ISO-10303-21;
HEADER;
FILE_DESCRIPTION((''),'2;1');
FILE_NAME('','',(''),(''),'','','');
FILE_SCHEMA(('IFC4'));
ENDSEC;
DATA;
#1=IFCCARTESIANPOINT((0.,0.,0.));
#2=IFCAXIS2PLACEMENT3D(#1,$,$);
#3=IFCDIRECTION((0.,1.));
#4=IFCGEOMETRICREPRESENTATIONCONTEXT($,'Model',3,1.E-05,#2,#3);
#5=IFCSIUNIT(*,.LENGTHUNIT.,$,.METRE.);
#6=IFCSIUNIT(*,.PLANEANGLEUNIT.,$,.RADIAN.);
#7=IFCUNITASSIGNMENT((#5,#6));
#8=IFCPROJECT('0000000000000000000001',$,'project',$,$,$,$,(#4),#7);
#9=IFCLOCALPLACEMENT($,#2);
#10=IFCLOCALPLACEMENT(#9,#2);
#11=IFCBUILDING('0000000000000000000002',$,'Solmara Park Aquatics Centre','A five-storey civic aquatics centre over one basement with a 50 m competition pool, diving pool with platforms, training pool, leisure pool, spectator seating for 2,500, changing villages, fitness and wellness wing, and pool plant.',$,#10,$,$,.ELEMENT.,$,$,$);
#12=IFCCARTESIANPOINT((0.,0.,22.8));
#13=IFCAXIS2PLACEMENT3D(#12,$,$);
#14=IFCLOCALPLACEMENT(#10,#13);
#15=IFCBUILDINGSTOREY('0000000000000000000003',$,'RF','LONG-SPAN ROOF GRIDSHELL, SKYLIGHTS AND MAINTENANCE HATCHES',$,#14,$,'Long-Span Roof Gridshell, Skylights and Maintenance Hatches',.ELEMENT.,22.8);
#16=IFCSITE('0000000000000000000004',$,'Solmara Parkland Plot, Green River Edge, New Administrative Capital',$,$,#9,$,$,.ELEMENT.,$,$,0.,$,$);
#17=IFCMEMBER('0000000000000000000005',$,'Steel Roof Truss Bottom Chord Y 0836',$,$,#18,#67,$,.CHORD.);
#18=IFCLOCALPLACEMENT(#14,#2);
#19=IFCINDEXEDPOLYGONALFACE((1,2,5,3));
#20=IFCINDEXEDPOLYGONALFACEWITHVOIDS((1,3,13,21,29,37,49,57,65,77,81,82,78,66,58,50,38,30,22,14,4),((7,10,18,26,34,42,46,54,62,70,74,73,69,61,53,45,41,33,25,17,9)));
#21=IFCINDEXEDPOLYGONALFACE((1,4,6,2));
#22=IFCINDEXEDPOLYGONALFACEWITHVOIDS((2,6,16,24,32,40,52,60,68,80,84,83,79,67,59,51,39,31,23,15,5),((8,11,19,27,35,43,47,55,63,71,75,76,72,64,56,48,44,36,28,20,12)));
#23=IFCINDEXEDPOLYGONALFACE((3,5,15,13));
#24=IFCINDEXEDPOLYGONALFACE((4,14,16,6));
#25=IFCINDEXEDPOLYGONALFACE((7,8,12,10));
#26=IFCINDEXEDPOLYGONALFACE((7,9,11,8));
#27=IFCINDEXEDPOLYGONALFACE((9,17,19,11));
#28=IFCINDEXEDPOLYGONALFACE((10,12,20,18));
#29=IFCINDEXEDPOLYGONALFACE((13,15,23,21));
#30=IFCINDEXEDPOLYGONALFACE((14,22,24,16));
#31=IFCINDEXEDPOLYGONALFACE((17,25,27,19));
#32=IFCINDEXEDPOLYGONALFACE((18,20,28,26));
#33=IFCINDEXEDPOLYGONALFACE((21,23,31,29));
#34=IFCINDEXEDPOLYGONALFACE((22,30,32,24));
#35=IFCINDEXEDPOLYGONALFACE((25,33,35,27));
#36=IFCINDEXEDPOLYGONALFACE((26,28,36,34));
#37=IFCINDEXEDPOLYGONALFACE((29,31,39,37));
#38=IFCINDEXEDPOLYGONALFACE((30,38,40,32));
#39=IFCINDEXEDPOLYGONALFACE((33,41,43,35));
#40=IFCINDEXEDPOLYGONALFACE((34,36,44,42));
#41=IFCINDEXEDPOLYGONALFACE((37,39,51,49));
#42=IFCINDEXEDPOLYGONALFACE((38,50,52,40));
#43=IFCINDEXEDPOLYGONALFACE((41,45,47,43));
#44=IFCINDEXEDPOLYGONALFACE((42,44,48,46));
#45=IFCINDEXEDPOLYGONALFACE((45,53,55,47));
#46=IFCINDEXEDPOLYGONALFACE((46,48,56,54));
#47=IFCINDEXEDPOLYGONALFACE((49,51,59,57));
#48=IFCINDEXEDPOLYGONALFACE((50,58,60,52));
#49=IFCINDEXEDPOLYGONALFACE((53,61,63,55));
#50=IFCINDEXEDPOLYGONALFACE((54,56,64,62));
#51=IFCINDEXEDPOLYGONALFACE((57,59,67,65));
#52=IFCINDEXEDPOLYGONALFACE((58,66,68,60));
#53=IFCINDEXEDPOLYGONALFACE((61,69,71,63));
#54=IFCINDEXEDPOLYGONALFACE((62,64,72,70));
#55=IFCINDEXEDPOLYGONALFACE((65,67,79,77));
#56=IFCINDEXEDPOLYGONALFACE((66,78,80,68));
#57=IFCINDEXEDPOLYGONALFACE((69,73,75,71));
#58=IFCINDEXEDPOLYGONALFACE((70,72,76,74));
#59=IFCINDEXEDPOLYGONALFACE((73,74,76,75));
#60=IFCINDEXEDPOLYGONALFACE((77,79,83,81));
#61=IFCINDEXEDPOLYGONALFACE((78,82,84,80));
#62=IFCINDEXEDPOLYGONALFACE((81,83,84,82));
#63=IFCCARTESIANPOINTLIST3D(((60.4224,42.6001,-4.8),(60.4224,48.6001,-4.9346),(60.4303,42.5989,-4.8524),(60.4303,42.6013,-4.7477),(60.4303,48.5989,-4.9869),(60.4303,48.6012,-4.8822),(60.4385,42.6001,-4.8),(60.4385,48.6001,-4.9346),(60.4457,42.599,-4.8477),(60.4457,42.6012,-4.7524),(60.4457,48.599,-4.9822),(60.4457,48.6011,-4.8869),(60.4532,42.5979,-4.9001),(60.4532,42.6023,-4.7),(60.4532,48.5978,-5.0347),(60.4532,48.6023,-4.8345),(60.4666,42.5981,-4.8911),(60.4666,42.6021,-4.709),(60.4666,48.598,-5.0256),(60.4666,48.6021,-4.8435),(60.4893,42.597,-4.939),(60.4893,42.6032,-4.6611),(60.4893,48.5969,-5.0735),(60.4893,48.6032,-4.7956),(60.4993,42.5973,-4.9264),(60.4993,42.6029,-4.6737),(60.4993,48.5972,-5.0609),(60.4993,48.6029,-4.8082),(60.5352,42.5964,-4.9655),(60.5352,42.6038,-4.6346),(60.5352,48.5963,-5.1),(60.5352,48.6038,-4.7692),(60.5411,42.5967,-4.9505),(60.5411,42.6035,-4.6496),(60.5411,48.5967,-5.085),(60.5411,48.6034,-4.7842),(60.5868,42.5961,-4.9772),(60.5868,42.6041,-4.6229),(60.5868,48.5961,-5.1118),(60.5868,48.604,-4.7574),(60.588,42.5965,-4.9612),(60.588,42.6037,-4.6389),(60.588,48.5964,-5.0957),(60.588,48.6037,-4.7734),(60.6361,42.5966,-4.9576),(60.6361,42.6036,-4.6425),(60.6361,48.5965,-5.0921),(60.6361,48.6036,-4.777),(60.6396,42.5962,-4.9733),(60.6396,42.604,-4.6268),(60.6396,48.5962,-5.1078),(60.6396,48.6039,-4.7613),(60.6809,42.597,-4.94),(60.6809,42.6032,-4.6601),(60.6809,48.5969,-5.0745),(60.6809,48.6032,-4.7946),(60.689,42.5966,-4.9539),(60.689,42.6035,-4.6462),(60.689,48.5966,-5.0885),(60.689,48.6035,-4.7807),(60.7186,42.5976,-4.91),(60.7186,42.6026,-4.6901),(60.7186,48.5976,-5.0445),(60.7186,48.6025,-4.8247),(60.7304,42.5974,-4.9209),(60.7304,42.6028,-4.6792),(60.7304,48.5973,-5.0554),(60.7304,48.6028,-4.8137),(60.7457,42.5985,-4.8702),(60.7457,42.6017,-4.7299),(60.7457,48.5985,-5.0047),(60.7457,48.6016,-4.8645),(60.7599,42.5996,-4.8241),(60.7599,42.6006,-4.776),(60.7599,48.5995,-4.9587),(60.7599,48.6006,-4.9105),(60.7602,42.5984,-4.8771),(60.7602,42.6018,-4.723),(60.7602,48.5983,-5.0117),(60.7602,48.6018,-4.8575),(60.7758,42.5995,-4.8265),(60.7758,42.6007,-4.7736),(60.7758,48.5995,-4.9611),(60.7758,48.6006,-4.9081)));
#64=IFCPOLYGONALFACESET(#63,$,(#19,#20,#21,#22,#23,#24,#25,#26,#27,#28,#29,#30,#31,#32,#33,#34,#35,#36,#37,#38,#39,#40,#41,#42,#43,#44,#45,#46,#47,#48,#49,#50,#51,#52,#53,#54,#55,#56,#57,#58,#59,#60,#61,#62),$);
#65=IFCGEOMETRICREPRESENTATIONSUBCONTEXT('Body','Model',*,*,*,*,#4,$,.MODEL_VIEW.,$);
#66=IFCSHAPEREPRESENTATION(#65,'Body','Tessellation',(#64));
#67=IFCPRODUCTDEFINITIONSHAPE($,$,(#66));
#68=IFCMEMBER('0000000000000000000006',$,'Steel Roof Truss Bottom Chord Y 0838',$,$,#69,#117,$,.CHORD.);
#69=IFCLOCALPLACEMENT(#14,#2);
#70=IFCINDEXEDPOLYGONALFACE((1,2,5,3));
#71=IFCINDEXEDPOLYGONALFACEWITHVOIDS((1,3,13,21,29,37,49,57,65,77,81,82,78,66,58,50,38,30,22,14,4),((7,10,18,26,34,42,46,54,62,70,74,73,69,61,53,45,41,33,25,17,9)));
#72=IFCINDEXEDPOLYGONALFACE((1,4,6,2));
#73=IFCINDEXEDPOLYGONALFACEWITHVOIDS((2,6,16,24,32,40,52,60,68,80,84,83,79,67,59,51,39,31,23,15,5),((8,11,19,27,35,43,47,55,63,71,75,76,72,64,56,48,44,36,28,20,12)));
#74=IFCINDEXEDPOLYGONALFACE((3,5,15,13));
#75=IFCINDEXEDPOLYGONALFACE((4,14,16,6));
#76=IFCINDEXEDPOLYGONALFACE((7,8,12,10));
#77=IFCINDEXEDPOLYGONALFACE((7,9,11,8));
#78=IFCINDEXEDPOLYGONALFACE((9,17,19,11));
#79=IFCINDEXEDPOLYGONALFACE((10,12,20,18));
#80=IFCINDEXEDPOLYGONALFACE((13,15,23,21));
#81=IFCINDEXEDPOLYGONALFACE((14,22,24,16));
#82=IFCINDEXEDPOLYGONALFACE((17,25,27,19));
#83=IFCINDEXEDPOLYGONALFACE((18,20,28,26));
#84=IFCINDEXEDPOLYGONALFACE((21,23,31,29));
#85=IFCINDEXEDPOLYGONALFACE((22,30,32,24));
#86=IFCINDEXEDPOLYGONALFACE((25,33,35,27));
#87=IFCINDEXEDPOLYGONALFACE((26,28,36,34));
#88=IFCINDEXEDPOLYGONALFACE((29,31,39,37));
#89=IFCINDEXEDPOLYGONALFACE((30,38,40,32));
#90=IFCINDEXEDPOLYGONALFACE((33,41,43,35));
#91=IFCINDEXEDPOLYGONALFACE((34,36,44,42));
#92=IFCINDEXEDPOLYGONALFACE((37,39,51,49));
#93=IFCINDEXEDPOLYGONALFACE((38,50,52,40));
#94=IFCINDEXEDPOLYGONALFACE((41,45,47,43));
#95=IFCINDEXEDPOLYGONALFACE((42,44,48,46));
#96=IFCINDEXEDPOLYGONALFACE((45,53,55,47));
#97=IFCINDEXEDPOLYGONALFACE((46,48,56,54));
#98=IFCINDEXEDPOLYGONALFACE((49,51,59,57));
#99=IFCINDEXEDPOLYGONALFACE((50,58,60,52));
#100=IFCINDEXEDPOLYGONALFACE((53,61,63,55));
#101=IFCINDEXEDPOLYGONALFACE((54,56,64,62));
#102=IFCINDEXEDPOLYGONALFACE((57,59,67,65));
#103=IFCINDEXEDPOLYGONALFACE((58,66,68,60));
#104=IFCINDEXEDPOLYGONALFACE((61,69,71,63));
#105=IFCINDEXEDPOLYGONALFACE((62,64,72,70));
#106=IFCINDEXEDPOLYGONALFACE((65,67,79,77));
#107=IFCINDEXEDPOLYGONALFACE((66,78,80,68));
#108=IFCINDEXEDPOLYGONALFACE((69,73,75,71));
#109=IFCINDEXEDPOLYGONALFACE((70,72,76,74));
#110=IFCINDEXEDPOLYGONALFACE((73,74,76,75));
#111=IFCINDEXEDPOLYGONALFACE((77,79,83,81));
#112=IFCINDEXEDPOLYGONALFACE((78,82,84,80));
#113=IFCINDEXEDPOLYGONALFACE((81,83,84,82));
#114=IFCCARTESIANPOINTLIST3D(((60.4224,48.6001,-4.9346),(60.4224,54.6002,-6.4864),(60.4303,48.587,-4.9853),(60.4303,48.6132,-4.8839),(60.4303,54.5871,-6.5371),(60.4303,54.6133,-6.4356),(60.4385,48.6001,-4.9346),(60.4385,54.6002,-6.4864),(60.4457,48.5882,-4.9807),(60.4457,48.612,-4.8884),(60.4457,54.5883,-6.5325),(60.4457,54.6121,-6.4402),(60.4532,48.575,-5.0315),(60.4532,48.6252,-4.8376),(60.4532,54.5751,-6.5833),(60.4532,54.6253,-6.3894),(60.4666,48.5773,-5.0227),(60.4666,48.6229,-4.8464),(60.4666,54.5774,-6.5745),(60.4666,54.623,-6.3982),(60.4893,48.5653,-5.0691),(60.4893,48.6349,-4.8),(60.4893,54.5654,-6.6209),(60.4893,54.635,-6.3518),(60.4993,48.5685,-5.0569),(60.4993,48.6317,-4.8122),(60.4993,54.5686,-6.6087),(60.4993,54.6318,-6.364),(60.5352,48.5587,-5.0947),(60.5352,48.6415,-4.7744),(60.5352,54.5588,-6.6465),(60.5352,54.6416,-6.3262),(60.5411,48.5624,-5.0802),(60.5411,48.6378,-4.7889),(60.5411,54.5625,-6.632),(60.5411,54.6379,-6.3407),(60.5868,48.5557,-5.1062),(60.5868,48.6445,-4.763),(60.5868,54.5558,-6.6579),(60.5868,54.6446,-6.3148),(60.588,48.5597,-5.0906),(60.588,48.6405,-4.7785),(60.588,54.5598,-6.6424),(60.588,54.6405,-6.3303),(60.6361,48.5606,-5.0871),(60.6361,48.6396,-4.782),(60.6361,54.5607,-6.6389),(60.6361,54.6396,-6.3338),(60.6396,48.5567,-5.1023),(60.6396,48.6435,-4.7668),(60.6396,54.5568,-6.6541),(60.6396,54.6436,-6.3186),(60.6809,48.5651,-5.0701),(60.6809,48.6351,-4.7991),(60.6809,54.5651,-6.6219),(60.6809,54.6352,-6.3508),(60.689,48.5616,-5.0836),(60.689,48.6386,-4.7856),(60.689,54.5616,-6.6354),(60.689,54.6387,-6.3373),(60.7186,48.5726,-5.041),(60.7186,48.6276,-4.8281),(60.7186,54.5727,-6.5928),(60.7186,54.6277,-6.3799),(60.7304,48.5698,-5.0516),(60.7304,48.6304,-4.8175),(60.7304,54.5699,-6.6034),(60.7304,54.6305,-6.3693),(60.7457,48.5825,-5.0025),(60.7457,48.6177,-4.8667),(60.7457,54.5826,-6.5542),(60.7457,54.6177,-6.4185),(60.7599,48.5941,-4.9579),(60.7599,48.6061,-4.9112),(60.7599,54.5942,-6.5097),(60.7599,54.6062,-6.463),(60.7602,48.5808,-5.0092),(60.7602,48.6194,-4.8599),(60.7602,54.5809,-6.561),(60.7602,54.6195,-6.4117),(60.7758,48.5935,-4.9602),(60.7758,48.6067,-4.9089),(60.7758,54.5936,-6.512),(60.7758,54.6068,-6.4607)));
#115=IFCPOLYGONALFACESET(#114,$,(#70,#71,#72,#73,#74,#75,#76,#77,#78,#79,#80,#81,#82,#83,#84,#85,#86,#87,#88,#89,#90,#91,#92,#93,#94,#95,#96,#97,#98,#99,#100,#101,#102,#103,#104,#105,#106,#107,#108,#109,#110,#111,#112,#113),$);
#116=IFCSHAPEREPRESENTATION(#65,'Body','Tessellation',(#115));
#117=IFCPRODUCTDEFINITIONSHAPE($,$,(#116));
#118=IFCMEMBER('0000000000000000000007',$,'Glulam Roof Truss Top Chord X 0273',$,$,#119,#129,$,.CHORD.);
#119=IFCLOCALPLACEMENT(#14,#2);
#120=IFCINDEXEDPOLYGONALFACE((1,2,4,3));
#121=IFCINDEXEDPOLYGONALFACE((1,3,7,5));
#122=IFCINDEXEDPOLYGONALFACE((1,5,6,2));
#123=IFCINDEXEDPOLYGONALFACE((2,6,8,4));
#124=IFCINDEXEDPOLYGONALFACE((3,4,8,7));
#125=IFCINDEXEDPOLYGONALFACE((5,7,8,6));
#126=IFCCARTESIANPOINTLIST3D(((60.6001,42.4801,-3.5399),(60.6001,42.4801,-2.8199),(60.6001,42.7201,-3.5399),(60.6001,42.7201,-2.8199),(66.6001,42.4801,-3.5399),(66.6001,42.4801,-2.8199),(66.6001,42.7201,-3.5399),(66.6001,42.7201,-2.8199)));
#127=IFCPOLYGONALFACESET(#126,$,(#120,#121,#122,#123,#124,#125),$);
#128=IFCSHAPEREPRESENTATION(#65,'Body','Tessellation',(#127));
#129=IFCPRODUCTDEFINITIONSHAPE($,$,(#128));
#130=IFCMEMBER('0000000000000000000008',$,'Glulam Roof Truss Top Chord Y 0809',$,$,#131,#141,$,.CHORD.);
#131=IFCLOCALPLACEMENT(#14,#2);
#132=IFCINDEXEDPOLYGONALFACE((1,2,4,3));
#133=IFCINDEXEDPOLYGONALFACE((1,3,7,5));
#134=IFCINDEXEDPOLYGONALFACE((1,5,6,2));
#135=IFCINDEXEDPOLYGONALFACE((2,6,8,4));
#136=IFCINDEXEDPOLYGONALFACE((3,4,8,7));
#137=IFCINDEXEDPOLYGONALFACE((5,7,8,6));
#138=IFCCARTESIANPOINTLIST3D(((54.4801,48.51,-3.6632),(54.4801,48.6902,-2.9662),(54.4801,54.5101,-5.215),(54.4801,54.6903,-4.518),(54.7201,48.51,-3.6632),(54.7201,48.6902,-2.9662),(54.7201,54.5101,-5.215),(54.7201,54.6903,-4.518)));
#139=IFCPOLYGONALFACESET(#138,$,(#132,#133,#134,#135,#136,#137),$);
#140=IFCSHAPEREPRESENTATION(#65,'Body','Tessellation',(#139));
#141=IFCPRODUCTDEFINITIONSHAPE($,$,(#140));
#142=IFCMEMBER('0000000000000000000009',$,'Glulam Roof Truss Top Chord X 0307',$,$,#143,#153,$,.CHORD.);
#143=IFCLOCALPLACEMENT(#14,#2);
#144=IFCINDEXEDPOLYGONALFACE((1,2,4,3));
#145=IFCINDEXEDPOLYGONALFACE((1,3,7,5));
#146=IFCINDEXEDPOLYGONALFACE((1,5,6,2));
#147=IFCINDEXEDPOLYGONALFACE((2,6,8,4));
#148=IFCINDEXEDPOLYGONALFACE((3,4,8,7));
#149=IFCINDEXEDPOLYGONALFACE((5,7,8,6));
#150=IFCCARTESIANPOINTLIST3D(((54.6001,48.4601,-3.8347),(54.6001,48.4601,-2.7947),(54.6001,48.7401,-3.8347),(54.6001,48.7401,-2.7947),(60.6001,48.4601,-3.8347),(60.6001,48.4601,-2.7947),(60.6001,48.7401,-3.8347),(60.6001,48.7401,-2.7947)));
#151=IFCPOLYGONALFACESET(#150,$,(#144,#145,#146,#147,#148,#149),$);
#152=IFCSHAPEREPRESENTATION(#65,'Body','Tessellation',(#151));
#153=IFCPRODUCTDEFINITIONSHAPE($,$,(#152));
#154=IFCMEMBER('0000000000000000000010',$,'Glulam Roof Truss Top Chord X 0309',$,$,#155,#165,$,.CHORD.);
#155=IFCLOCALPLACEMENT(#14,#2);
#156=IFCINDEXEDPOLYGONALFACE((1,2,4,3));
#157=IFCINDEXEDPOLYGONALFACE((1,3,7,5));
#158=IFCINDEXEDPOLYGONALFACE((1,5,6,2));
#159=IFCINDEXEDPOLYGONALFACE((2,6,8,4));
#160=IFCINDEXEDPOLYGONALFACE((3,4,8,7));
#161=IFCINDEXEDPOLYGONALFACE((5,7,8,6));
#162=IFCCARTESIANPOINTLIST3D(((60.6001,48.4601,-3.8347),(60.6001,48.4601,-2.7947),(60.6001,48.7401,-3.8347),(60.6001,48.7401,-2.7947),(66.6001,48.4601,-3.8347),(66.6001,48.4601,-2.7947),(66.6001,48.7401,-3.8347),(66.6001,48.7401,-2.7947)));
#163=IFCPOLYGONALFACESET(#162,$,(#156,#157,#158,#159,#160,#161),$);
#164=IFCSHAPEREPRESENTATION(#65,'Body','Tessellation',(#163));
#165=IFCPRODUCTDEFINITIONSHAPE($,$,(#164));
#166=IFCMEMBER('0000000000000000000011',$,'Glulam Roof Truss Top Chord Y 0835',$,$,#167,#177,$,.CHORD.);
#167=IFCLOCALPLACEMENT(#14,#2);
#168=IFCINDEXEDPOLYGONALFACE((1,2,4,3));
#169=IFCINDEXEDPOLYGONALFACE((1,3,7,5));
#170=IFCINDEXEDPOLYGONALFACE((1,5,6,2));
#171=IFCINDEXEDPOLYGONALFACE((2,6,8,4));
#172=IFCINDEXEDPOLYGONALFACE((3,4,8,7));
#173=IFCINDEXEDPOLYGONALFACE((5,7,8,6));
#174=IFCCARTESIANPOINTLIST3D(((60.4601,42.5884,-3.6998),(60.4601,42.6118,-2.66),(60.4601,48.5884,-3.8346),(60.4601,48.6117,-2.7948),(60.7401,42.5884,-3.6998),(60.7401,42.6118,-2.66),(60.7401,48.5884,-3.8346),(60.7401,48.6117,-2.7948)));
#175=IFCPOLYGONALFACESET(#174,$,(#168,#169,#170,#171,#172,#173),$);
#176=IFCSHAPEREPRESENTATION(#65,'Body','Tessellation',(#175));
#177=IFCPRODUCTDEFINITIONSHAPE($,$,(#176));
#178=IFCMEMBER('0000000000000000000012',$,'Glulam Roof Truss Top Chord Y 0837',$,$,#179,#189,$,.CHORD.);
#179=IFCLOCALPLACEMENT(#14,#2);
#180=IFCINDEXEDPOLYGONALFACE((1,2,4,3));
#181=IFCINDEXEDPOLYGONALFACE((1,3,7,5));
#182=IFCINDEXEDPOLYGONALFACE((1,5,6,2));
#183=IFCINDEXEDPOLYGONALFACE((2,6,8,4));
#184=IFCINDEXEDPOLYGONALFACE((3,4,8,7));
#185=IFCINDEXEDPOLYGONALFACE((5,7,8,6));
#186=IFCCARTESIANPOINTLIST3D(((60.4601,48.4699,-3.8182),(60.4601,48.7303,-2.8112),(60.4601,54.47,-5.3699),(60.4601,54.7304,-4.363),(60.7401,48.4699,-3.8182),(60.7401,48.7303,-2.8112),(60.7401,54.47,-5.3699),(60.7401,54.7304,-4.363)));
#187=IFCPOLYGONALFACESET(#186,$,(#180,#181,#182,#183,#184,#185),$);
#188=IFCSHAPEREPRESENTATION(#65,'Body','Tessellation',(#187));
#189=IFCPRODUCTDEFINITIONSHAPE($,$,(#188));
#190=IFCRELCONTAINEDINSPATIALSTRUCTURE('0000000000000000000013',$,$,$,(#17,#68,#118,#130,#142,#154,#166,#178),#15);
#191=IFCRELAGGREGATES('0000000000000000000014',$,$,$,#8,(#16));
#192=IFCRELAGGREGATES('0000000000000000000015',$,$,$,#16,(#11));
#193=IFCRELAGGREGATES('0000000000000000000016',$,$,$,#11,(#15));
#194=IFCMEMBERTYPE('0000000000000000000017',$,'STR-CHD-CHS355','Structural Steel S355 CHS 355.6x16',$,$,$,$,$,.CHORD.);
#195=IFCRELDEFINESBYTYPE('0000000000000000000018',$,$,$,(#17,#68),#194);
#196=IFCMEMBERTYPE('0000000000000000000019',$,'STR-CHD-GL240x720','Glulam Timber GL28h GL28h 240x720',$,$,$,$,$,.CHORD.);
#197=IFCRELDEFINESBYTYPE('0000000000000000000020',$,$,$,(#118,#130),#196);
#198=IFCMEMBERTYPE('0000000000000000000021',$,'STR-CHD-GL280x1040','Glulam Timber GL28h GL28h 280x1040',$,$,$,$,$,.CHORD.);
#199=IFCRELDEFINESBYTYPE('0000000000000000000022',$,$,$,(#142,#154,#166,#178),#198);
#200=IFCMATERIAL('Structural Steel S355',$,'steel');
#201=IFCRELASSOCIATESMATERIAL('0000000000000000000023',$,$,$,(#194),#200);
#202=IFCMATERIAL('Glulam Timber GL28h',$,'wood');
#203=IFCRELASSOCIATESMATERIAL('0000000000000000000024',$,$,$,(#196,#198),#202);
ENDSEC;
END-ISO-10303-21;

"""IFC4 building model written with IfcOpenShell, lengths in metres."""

from ifc_helpers import new_model, si_unit, direction, frame, origin, origin_2d, place, context, subcontext, project, spatial, rectangle, hollow_circle, extrude, material, material_profile, profile_set, type_object, element, save


model = new_model("IFC4")

# Units and contexts
model_context = context("Model", 3, precision=1e-05, world=origin(), true_north=direction((0.0, 1.0)))
body_context = subcontext(model_context, "Body", "Model", "MODEL_VIEW")
ifc_project = project(units=[si_unit("LENGTHUNIT", "METRE"), si_unit("PLANEANGLEUNIT", "RADIAN")], contexts=[model_context])

# Site, building, storey
site_placement = place(None, origin())
site = spatial("IfcSite", under=ifc_project, at=site_placement, Name="Solmara Parkland Plot, Green River Edge, New Administrative Capital", CompositionType="ELEMENT", RefElevation=0.0)
building_placement = place(site_placement, origin())
building = spatial("IfcBuilding", under=site, at=building_placement, Name="Solmara Park Aquatics Centre", Description="A five-storey civic aquatics centre over one basement with a 50 m competition pool, diving pool with platforms, training pool, leisure pool, spectator seating for 2,500, changing villages, fitness and wellness wing, and pool plant.", CompositionType="ELEMENT")
storey_placement = place(building_placement, frame((0.0, 0.0, 22.8)))
storey = spatial("IfcBuildingStorey", under=building, at=storey_placement, Name="RF", Description="LONG-SPAN ROOF GRIDSHELL, SKYLIGHTS AND MAINTENANCE HATCHES", LongName="Long-Span Roof Gridshell, Skylights and Maintenance Hatches", CompositionType="ELEMENT", Elevation=22.8)

# Members
ifc_material_1 = material(Name="Structural Steel S355", Category="steel")
ifc_material_profile_1 = material_profile(ifc_material_1, hollow_circle(Radius=0.1777, WallThickness=0.0161, at=origin_2d()), Name="CHS 355.6x16")
ifc_profile_set_1 = profile_set([ifc_material_profile_1], Name="Structural Steel S355")
member_type_1 = type_object("IfcMemberType", Name="STR-CHD-CHS355", Description="Structural Steel S355 CHS 355.6x16", PredefinedType="CHORD", material=ifc_profile_set_1)
member_1_placement = place(storey_placement, frame((60.6001, 42.6001, -4.8), z_axis=(0.0, 0.999749, -0.022415), x_axis=(-1.0, 0.0, 0.0)))
element("IfcMember", 1, at=member_1_placement, inside=storey, type_object=member_type_1, Name="Steel Roof Truss Bottom Chord Y 0836", PredefinedType="CHORD", context=body_context, shape_type="SweptSolid", body=[
    extrude(hollow_circle(Radius=0.1777, WallThickness=0.0161, at=origin_2d()), origin(), (0.0, 0.0, 1.0), 6.0015),
])
member_2_placement = place(storey_placement, frame((60.6001, 48.6001, -4.9346), z_axis=(0.0, 0.968146, -0.250388), x_axis=(-1.0, 0.0, 0.0)))
element("IfcMember", 2, at=member_2_placement, inside=storey, type_object=member_type_1, Name="Steel Roof Truss Bottom Chord Y 0838", PredefinedType="CHORD", context=body_context, shape_type="SweptSolid", body=[
    extrude(hollow_circle(Radius=0.1777, WallThickness=0.0161, at=origin_2d()), origin(), (0.0, 0.0, 1.0), 6.1975),
])
ifc_material_2 = material(Name="Glulam Timber GL28h", Category="wood")
ifc_material_profile_2 = material_profile(ifc_material_2, rectangle(XDim=0.24, YDim=0.72, at=origin_2d()), Name="GL28h 240x720")
ifc_profile_set_2 = profile_set([ifc_material_profile_2], Name="Glulam Timber GL28h")
member_type_2 = type_object("IfcMemberType", Name="STR-CHD-GL240x720", Description="Glulam Timber GL28h GL28h 240x720", PredefinedType="CHORD", material=ifc_profile_set_2)
member_3_placement = place(storey_placement, frame((60.6001, 42.6001, -3.1799), z_axis=(1.0, 0.0, 0.0), x_axis=(0.0, 1.0, 0.0)))
element("IfcMember", 3, at=member_3_placement, inside=storey, type_object=member_type_2, Name="Glulam Roof Truss Top Chord X 0273", PredefinedType="CHORD", context=body_context, shape_type="SweptSolid", body=[
    extrude(rectangle(XDim=0.24, YDim=0.72, at=origin_2d()), origin(), (0.0, 0.0, 1.0), 6.0),
])
member_4_placement = place(storey_placement, frame((54.6001, 48.6001, -3.3147), z_axis=(0.0, 0.968146, -0.250388), x_axis=(-1.0, 0.0, 0.0)))
element("IfcMember", 4, at=member_4_placement, inside=storey, type_object=member_type_2, Name="Glulam Roof Truss Top Chord Y 0809", PredefinedType="CHORD", context=body_context, shape_type="SweptSolid", body=[
    extrude(rectangle(XDim=0.24, YDim=0.72, at=origin_2d()), origin(), (0.0, 0.0, 1.0), 6.1975),
])
ifc_material_profile_3 = material_profile(ifc_material_2, rectangle(XDim=0.28, YDim=1.04, at=origin_2d()), Name="GL28h 280x1040")
ifc_profile_set_3 = profile_set([ifc_material_profile_3], Name="Glulam Timber GL28h")
member_type_3 = type_object("IfcMemberType", Name="STR-CHD-GL280x1040", Description="Glulam Timber GL28h GL28h 280x1040", PredefinedType="CHORD", material=ifc_profile_set_3)
for number, where, z_axis, x_axis, name in (
    (5, (54.6001, 48.6001, -3.3147), (1.0, 0.0, 0.0), (0.0, 1.0, 0.0), "Glulam Roof Truss Top Chord X 0307"),
    (6, (60.6001, 48.6001, -3.3147), (1.0, 0.0, 0.0), (0.0, 1.0, 0.0), "Glulam Roof Truss Top Chord X 0309"),
):
    element("IfcMember", number, at=place(storey_placement, frame(where, z_axis=z_axis, x_axis=x_axis)), inside=storey, type_object=member_type_3, Name=name, PredefinedType="CHORD", context=body_context, shape_type="SweptSolid", body=[
        extrude(rectangle(XDim=0.28, YDim=1.04, at=origin_2d()), origin(), (0.0, 0.0, 1.0), 6.0),
    ])
member_5_placement = place(storey_placement, frame((60.6001, 42.6001, -3.1799), z_axis=(0.0, 0.999748, -0.022455), x_axis=(-1.0, 0.0, 0.0)))
element("IfcMember", 7, at=member_5_placement, inside=storey, type_object=member_type_3, Name="Glulam Roof Truss Top Chord Y 0835", PredefinedType="CHORD", context=body_context, shape_type="SweptSolid", body=[
    extrude(rectangle(XDim=0.28, YDim=1.04, at=origin_2d()), origin(), (0.0, 0.0, 1.0), 6.0015),
])
member_6_placement = place(storey_placement, frame((60.6001, 48.6001, -3.3147), z_axis=(0.0, 0.968146, -0.250388), x_axis=(-1.0, 0.0, 0.0)))
element("IfcMember", 8, at=member_6_placement, inside=storey, type_object=member_type_3, Name="Glulam Roof Truss Top Chord Y 0837", PredefinedType="CHORD", context=body_context, shape_type="SweptSolid", body=[
    extrude(rectangle(XDim=0.28, YDim=1.04, at=origin_2d()), origin(), (0.0, 0.0, 1.0), 6.1975),
])

save(model, "model.ifc")
